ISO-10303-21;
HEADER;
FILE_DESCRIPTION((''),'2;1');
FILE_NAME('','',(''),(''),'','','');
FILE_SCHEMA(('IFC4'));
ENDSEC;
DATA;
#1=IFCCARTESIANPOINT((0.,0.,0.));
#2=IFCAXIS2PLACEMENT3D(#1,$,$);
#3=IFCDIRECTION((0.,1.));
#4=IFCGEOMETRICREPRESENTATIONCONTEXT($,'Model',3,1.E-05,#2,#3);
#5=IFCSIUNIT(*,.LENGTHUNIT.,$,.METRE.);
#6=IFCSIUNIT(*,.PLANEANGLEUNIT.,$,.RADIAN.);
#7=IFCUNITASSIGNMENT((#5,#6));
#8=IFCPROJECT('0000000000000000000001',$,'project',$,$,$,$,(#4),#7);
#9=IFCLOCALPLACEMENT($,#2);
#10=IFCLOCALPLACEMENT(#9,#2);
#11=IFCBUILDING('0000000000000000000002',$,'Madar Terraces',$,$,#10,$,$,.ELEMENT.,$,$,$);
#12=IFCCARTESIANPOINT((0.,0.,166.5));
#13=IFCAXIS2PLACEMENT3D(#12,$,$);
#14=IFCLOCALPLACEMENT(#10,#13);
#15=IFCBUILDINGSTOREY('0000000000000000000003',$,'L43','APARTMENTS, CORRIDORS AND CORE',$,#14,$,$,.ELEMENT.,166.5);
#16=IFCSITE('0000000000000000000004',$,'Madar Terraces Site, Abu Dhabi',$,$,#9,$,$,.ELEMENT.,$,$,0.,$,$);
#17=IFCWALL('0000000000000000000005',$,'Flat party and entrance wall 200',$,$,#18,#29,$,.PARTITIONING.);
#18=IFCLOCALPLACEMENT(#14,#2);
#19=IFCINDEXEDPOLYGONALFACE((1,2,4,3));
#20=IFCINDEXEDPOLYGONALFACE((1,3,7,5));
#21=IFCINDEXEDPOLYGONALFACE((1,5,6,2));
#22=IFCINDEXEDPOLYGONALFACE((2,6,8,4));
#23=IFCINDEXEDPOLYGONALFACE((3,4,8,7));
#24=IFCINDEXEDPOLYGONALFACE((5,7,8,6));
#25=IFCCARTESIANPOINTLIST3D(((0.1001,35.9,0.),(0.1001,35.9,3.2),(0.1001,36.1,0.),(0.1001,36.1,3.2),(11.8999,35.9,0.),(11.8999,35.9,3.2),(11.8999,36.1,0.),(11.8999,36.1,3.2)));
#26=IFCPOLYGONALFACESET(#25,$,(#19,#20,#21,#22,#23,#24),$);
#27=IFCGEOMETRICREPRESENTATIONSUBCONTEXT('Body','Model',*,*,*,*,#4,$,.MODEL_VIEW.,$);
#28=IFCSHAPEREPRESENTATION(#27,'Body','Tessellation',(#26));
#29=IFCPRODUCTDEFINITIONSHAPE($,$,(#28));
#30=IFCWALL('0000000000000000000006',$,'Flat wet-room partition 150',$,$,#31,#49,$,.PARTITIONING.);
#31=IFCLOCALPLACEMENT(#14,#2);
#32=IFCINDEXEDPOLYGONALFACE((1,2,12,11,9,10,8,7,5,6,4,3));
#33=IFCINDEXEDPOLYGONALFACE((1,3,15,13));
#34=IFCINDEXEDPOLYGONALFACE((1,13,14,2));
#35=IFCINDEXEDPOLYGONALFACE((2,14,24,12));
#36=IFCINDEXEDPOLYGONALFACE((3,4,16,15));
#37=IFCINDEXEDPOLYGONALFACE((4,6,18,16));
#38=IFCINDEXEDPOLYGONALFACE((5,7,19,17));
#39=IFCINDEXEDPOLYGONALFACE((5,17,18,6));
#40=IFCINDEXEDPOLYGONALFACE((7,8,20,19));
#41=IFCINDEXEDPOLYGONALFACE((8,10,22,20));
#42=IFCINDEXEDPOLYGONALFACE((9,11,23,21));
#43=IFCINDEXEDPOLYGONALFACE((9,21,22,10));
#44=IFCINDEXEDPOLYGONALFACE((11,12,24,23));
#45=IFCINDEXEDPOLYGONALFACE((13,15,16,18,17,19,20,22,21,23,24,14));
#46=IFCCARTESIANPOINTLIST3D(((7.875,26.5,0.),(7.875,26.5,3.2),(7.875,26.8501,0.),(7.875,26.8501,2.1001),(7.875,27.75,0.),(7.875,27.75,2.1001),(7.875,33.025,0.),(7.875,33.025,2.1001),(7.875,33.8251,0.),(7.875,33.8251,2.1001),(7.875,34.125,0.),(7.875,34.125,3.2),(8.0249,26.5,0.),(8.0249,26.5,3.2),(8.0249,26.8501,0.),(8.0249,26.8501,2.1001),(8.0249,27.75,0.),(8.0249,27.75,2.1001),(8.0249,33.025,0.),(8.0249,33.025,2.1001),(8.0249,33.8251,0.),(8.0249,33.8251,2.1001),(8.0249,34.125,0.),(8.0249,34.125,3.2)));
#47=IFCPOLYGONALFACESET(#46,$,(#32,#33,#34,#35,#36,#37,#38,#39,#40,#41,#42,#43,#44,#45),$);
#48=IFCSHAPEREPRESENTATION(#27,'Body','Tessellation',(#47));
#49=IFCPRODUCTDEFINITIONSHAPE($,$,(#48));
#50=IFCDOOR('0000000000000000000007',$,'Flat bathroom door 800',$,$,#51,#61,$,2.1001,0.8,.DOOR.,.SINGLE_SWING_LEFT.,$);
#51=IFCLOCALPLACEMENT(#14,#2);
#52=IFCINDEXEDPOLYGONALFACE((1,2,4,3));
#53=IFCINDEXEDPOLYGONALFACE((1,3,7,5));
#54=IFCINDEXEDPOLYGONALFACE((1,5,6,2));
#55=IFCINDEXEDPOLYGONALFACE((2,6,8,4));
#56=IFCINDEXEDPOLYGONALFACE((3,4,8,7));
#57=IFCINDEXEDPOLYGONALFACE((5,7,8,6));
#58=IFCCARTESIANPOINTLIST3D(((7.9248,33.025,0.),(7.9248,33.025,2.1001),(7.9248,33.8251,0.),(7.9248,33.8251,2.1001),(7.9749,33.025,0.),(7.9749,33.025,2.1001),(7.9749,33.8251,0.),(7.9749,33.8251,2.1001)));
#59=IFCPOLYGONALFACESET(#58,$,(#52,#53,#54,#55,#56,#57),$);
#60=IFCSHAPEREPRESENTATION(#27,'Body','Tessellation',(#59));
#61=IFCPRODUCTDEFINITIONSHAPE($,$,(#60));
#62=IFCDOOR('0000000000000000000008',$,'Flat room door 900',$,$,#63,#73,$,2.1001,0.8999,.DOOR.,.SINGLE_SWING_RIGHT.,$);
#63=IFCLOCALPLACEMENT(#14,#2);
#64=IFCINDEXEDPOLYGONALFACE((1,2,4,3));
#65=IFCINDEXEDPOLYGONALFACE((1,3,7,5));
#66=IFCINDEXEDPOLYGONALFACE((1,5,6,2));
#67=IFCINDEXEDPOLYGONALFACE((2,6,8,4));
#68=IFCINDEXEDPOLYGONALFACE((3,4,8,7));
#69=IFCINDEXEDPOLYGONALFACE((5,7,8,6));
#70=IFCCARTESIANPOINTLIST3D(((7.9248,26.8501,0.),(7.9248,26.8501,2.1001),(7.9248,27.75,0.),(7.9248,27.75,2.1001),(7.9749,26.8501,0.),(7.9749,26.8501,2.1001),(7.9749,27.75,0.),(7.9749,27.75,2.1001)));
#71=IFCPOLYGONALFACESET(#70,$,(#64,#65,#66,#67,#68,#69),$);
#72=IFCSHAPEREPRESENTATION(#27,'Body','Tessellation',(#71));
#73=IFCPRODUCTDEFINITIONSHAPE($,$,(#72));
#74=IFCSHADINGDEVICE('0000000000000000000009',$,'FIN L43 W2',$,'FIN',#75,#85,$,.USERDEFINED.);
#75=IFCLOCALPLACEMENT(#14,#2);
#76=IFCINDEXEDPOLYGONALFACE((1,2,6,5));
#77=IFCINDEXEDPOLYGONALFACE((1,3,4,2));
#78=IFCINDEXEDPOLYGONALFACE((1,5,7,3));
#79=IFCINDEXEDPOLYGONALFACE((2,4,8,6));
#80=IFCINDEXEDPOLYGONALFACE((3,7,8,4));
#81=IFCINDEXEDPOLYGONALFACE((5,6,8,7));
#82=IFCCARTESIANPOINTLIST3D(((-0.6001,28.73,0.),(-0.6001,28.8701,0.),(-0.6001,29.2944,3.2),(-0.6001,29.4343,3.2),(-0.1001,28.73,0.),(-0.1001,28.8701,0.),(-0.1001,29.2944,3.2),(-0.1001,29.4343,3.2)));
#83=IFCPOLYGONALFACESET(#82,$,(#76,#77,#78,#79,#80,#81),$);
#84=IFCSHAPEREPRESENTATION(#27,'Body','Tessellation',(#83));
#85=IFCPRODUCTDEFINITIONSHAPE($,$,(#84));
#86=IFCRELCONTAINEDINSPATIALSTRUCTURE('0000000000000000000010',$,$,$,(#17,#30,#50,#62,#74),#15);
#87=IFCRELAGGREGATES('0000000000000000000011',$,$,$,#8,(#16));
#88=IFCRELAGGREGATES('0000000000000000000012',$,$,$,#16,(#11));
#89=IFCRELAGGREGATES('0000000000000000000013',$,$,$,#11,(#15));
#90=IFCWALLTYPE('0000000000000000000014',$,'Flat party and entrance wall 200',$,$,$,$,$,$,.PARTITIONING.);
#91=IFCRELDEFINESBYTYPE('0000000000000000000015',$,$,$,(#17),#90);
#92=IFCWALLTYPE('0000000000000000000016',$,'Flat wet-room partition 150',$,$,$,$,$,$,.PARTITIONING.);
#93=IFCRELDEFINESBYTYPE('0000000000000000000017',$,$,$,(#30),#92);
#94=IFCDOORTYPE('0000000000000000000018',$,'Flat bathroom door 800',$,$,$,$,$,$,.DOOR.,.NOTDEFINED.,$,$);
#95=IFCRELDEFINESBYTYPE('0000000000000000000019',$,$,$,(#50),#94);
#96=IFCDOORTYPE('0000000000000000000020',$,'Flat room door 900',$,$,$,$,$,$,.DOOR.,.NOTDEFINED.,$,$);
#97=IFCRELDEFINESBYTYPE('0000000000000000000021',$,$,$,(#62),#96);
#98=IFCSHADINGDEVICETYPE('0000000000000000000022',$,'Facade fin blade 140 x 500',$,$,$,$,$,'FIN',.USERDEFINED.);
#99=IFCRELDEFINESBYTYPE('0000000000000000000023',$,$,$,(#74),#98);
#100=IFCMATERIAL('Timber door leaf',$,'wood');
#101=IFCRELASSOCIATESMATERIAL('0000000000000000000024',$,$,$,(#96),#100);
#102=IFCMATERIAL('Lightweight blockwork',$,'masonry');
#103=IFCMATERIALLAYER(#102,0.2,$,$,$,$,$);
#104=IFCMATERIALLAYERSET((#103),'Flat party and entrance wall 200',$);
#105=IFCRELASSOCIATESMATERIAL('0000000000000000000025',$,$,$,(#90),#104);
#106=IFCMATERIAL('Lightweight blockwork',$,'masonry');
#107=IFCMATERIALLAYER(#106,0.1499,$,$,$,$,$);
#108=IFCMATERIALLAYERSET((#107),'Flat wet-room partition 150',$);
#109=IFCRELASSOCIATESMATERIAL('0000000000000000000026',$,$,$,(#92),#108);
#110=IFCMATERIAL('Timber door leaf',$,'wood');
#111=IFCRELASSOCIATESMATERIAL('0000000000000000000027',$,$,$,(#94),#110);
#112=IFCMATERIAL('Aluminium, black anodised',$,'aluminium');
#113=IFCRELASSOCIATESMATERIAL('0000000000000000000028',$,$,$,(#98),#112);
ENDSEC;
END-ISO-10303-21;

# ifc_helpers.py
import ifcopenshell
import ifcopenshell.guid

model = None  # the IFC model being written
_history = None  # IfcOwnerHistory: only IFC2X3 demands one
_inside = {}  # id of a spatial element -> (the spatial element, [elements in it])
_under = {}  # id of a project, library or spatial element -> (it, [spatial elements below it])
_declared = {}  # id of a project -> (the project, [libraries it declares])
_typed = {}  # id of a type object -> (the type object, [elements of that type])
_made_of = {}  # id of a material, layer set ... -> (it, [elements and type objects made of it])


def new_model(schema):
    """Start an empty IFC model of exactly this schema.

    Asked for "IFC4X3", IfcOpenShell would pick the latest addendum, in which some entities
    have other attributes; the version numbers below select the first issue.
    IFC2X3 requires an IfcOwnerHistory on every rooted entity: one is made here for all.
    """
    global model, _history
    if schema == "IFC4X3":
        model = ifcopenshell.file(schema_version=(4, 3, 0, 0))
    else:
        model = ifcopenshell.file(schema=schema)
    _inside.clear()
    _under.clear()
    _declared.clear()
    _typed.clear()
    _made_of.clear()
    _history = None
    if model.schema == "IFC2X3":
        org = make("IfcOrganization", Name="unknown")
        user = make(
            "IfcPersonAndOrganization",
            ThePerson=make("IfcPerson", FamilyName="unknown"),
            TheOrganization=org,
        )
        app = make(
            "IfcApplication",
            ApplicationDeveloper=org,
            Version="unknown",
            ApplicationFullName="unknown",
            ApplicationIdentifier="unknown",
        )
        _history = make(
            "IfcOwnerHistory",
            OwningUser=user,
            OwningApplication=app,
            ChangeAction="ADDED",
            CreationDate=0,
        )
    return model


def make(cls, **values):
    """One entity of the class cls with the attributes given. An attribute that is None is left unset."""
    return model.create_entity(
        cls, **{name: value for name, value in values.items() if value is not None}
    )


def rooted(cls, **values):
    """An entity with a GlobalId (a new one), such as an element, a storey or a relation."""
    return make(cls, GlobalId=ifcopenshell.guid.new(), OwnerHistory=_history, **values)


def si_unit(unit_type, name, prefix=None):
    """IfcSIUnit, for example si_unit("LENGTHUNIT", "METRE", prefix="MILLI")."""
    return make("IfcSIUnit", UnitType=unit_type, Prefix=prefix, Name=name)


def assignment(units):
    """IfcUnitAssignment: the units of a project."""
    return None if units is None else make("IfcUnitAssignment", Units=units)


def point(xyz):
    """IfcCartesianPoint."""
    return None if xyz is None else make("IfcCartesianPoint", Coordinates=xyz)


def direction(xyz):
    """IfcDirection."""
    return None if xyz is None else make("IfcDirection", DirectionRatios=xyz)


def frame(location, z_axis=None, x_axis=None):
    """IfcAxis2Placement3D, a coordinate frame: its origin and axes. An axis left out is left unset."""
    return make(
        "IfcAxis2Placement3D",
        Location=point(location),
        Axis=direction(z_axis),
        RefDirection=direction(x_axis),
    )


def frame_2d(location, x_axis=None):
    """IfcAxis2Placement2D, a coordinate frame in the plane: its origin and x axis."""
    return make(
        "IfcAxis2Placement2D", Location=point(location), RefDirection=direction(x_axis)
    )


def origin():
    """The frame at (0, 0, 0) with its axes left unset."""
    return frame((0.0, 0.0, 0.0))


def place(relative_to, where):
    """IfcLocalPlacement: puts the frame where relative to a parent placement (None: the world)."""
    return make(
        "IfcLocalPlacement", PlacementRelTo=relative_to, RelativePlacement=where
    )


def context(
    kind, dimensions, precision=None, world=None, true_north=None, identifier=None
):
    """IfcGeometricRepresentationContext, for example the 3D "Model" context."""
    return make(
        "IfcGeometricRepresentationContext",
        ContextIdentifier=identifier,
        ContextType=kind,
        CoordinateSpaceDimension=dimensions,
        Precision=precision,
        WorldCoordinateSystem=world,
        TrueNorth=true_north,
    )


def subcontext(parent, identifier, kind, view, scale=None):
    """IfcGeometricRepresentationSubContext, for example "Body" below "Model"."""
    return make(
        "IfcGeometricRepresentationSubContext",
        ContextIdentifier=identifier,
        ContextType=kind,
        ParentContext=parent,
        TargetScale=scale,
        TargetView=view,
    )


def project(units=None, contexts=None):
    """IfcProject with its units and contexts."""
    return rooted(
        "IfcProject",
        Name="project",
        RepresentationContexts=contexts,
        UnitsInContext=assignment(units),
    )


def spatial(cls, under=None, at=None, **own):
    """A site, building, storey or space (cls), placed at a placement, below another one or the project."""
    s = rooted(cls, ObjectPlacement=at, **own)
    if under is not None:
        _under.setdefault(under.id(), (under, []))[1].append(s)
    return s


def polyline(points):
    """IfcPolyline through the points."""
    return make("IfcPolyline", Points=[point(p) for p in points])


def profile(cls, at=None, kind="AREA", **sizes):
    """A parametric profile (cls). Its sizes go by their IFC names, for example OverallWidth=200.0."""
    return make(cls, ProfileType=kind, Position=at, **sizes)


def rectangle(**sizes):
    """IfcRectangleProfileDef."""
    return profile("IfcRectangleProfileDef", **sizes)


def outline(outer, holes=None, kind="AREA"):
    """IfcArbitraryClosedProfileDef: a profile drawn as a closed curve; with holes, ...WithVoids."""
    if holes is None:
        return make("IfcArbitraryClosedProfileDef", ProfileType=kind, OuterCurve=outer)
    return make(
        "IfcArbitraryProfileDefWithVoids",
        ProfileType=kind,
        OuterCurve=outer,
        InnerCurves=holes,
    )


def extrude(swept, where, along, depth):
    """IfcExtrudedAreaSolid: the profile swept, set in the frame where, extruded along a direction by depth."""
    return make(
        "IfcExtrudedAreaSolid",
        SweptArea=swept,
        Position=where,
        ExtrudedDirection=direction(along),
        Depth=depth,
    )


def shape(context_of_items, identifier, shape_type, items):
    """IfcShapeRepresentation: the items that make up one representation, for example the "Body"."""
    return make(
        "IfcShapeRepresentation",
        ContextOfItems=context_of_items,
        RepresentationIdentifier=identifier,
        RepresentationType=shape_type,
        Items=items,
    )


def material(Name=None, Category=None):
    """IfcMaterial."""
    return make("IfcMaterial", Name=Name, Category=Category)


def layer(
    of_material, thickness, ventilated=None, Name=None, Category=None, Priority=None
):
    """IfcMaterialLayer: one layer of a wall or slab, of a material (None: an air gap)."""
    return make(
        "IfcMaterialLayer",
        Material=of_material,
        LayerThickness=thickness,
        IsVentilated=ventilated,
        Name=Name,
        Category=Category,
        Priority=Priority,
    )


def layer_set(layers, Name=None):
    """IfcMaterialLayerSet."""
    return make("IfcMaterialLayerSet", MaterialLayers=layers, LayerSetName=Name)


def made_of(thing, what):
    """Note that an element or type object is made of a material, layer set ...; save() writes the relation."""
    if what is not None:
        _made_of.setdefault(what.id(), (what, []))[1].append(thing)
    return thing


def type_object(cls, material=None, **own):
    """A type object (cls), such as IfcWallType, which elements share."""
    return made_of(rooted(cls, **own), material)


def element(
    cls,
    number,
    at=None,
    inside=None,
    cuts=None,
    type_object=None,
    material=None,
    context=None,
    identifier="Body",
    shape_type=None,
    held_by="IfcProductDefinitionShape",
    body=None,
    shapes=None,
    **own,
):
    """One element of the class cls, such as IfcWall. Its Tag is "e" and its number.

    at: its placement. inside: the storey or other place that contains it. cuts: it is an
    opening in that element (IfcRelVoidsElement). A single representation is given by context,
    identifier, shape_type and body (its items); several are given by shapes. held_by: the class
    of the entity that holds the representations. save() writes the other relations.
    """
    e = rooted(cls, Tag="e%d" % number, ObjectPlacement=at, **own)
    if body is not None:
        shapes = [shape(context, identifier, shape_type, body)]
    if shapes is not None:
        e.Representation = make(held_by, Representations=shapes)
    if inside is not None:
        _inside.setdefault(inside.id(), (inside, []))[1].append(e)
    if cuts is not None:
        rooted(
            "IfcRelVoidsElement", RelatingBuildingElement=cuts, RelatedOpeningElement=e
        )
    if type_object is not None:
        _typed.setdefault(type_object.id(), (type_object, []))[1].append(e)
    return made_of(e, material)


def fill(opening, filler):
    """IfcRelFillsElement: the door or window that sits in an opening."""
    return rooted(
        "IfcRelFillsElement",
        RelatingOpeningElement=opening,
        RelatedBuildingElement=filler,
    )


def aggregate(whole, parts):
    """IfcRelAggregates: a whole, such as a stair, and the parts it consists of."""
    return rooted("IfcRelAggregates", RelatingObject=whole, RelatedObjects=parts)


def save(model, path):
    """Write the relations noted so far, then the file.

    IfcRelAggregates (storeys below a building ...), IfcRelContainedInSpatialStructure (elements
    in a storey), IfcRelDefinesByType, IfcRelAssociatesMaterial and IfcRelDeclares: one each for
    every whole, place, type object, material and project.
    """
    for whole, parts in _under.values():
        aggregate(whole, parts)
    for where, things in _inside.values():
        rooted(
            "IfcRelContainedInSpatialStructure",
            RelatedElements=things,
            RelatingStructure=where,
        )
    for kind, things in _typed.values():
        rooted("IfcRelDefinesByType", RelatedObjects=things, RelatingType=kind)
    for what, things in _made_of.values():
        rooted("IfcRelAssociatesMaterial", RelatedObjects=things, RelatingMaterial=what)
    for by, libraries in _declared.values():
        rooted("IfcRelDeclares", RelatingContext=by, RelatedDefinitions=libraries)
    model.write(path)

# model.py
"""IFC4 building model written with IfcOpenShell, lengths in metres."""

from ifc_helpers import new_model, si_unit, direction, frame, frame_2d, origin, place, context, subcontext, project, spatial, polyline, rectangle, outline, extrude, material, layer, layer_set, type_object, element, fill, save


model = new_model("IFC4")

# Units and contexts
model_context = context("Model", 3, precision=1e-05, world=origin(), true_north=direction((0.0, 1.0)))
body_context = subcontext(model_context, "Body", "Model", "MODEL_VIEW")
ifc_project = project(units=[si_unit("LENGTHUNIT", "METRE"), si_unit("PLANEANGLEUNIT", "RADIAN")], contexts=[model_context])

# Site, building, storey
site_placement = place(None, origin())
site = spatial("IfcSite", under=ifc_project, at=site_placement, Name="Madar Terraces Site, Abu Dhabi", CompositionType="ELEMENT", RefElevation=0.0)
building_placement = place(site_placement, origin())
building = spatial("IfcBuilding", under=site, at=building_placement, Name="Madar Terraces", CompositionType="ELEMENT")
storey_placement = place(building_placement, frame((0.0, 0.0, 166.5)))
storey = spatial("IfcBuildingStorey", under=building, at=storey_placement, Name="L43", Description="APARTMENTS, CORRIDORS AND CORE", CompositionType="ELEMENT", Elevation=166.5)

# Shared definitions
ifc_material_1 = material(Name="Timber door leaf", Category="wood")
door_type_1 = type_object("IfcDoorType", Name="Flat room door 900", OperationType="NOTDEFINED", PredefinedType="DOOR", material=ifc_material_1)

# Wall
ifc_material_2 = material(Name="Lightweight blockwork", Category="masonry")
ifc_layer_1 = layer(ifc_material_2, 0.2)
ifc_layer_set_1 = layer_set([ifc_layer_1], Name="Flat party and entrance wall 200")
wall_type_1 = type_object("IfcWallType", Name="Flat party and entrance wall 200", PredefinedType="PARTITIONING", material=ifc_layer_set_1)
wall_1_placement = place(storey_placement, frame((0.1001, 36.0, 0.0), z_axis=(0.0, 0.0, 1.0), x_axis=(1.0, 0.0, 0.0)))
element("IfcWall", 1, at=wall_1_placement, inside=storey, type_object=wall_type_1, Name="Flat party and entrance wall 200", PredefinedType="PARTITIONING", context=body_context, shape_type="SweptSolid", body=[
    extrude(rectangle(XDim=11.7998, YDim=0.2, at=frame_2d((5.8999, 0.0))), origin(), (0.0, 0.0, 1.0), 3.2),
])

# Wall, openings, doors
ifc_material_3 = material(Name="Lightweight blockwork", Category="masonry")
ifc_layer_2 = layer(ifc_material_3, 0.1499)
ifc_layer_set_2 = layer_set([ifc_layer_2], Name="Flat wet-room partition 150")
wall_type_2 = type_object("IfcWallType", Name="Flat wet-room partition 150", PredefinedType="PARTITIONING", material=ifc_layer_set_2)
wall_2_placement = place(storey_placement, frame((7.95, 34.125, 0.0), z_axis=(0.0, 0.0, 1.0), x_axis=(0.0, -1.0, 0.0)))
wall_2 = element("IfcWall", 2, at=wall_2_placement, inside=storey, type_object=wall_type_2, Name="Flat wet-room partition 150", PredefinedType="PARTITIONING", context=body_context, shape_type="SweptSolid", body=[
    extrude(rectangle(XDim=7.625, YDim=0.1499, at=frame_2d((3.8125, 0.0))), origin(), (0.0, 0.0, 1.0), 3.2),
])
opening_1_placement = place(wall_2_placement, frame((0.3, 0.0, 0.0)))
opening_1 = element("IfcOpeningElement", 3, at=opening_1_placement, cuts=wall_2, PredefinedType="OPENING", context=body_context, shape_type="SweptSolid", body=[
    extrude(rectangle(XDim=0.8, YDim=2.1001, at=frame_2d((0.3999, 1.05))), frame((0.0, 0.085, 0.0), z_axis=(0.0, -1.0, 0.0), x_axis=(1.0, 0.0, 0.0)), (0.0, 0.0, 1.0), 0.1699),
])
opening_2_placement = place(wall_2_placement, frame((6.375, 0.0, 0.0)))
opening_2 = element("IfcOpeningElement", 4, at=opening_2_placement, cuts=wall_2, PredefinedType="OPENING", context=body_context, shape_type="SweptSolid", body=[
    extrude(rectangle(XDim=0.8999, YDim=2.1001, at=frame_2d((0.45, 1.05))), frame((0.0, 0.085, 0.0), z_axis=(0.0, -1.0, 0.0), x_axis=(1.0, 0.0, 0.0)), (0.0, 0.0, 1.0), 0.1699),
])
ifc_material_4 = material(Name="Timber door leaf", Category="wood")
door_type_2 = type_object("IfcDoorType", Name="Flat bathroom door 800", OperationType="NOTDEFINED", PredefinedType="DOOR", material=ifc_material_4)
door_1_placement = place(opening_1_placement, origin())
door_1 = element("IfcDoor", 5, at=door_1_placement, inside=storey, type_object=door_type_2, Name="Flat bathroom door 800", OperationType="SINGLE_SWING_LEFT", OverallHeight=2.1001, OverallWidth=0.8, PredefinedType="DOOR", context=body_context, shape_type="SweptSolid", body=[
    extrude(rectangle(XDim=0.8, YDim=2.1001, at=frame_2d((0.3999, 1.05))), frame((0.0, 0.0249, 0.0), z_axis=(0.0, -1.0, 0.0), x_axis=(1.0, 0.0, 0.0)), (0.0, 0.0, 1.0), 0.05),
])
fill(opening_1, door_1)
door_2_placement = place(opening_2_placement, origin())
door_2 = element("IfcDoor", 6, at=door_2_placement, inside=storey, type_object=door_type_1, Name="Flat room door 900", OperationType="SINGLE_SWING_RIGHT", OverallHeight=2.1001, OverallWidth=0.8999, PredefinedType="DOOR", context=body_context, shape_type="SweptSolid", body=[
    extrude(rectangle(XDim=0.8999, YDim=2.1001, at=frame_2d((0.45, 1.05))), frame((0.0, 0.0249, 0.0), z_axis=(0.0, -1.0, 0.0), x_axis=(1.0, 0.0, 0.0)), (0.0, 0.0, 1.0), 0.05),
])
fill(opening_2, door_2)

# Shading device
ifc_material_5 = material(Name="Aluminium, black anodised", Category="aluminium")
shading_device_type = type_object("IfcShadingDeviceType", Name="Facade fin blade 140 x 500", ElementType="FIN", PredefinedType="USERDEFINED", material=ifc_material_5)
shading_device_placement = place(storey_placement, frame((-0.3501, 28.8701, 0.0), z_axis=(0.0, 0.0, 1.0), x_axis=(0.0, -1.0, 0.0)))
element("IfcShadingDevice", 7, at=shading_device_placement, inside=storey, type_object=shading_device_type, Name="FIN L43 W2", ObjectType="FIN", PredefinedType="USERDEFINED", context=body_context, shape_type="SweptSolid", body=[
    extrude(outline(polyline([(0.0, 0.0), (0.1401, 0.0), (-0.4243, 3.2), (-0.5642, 3.2), (0.0, 0.0)])), frame((0.0, 0.25, 0.0), z_axis=(0.0, -1.0, 0.0), x_axis=(1.0, 0.0, 0.0)), (0.0, 0.0, 1.0), 0.5),
])

save(model, "model.ifc")
